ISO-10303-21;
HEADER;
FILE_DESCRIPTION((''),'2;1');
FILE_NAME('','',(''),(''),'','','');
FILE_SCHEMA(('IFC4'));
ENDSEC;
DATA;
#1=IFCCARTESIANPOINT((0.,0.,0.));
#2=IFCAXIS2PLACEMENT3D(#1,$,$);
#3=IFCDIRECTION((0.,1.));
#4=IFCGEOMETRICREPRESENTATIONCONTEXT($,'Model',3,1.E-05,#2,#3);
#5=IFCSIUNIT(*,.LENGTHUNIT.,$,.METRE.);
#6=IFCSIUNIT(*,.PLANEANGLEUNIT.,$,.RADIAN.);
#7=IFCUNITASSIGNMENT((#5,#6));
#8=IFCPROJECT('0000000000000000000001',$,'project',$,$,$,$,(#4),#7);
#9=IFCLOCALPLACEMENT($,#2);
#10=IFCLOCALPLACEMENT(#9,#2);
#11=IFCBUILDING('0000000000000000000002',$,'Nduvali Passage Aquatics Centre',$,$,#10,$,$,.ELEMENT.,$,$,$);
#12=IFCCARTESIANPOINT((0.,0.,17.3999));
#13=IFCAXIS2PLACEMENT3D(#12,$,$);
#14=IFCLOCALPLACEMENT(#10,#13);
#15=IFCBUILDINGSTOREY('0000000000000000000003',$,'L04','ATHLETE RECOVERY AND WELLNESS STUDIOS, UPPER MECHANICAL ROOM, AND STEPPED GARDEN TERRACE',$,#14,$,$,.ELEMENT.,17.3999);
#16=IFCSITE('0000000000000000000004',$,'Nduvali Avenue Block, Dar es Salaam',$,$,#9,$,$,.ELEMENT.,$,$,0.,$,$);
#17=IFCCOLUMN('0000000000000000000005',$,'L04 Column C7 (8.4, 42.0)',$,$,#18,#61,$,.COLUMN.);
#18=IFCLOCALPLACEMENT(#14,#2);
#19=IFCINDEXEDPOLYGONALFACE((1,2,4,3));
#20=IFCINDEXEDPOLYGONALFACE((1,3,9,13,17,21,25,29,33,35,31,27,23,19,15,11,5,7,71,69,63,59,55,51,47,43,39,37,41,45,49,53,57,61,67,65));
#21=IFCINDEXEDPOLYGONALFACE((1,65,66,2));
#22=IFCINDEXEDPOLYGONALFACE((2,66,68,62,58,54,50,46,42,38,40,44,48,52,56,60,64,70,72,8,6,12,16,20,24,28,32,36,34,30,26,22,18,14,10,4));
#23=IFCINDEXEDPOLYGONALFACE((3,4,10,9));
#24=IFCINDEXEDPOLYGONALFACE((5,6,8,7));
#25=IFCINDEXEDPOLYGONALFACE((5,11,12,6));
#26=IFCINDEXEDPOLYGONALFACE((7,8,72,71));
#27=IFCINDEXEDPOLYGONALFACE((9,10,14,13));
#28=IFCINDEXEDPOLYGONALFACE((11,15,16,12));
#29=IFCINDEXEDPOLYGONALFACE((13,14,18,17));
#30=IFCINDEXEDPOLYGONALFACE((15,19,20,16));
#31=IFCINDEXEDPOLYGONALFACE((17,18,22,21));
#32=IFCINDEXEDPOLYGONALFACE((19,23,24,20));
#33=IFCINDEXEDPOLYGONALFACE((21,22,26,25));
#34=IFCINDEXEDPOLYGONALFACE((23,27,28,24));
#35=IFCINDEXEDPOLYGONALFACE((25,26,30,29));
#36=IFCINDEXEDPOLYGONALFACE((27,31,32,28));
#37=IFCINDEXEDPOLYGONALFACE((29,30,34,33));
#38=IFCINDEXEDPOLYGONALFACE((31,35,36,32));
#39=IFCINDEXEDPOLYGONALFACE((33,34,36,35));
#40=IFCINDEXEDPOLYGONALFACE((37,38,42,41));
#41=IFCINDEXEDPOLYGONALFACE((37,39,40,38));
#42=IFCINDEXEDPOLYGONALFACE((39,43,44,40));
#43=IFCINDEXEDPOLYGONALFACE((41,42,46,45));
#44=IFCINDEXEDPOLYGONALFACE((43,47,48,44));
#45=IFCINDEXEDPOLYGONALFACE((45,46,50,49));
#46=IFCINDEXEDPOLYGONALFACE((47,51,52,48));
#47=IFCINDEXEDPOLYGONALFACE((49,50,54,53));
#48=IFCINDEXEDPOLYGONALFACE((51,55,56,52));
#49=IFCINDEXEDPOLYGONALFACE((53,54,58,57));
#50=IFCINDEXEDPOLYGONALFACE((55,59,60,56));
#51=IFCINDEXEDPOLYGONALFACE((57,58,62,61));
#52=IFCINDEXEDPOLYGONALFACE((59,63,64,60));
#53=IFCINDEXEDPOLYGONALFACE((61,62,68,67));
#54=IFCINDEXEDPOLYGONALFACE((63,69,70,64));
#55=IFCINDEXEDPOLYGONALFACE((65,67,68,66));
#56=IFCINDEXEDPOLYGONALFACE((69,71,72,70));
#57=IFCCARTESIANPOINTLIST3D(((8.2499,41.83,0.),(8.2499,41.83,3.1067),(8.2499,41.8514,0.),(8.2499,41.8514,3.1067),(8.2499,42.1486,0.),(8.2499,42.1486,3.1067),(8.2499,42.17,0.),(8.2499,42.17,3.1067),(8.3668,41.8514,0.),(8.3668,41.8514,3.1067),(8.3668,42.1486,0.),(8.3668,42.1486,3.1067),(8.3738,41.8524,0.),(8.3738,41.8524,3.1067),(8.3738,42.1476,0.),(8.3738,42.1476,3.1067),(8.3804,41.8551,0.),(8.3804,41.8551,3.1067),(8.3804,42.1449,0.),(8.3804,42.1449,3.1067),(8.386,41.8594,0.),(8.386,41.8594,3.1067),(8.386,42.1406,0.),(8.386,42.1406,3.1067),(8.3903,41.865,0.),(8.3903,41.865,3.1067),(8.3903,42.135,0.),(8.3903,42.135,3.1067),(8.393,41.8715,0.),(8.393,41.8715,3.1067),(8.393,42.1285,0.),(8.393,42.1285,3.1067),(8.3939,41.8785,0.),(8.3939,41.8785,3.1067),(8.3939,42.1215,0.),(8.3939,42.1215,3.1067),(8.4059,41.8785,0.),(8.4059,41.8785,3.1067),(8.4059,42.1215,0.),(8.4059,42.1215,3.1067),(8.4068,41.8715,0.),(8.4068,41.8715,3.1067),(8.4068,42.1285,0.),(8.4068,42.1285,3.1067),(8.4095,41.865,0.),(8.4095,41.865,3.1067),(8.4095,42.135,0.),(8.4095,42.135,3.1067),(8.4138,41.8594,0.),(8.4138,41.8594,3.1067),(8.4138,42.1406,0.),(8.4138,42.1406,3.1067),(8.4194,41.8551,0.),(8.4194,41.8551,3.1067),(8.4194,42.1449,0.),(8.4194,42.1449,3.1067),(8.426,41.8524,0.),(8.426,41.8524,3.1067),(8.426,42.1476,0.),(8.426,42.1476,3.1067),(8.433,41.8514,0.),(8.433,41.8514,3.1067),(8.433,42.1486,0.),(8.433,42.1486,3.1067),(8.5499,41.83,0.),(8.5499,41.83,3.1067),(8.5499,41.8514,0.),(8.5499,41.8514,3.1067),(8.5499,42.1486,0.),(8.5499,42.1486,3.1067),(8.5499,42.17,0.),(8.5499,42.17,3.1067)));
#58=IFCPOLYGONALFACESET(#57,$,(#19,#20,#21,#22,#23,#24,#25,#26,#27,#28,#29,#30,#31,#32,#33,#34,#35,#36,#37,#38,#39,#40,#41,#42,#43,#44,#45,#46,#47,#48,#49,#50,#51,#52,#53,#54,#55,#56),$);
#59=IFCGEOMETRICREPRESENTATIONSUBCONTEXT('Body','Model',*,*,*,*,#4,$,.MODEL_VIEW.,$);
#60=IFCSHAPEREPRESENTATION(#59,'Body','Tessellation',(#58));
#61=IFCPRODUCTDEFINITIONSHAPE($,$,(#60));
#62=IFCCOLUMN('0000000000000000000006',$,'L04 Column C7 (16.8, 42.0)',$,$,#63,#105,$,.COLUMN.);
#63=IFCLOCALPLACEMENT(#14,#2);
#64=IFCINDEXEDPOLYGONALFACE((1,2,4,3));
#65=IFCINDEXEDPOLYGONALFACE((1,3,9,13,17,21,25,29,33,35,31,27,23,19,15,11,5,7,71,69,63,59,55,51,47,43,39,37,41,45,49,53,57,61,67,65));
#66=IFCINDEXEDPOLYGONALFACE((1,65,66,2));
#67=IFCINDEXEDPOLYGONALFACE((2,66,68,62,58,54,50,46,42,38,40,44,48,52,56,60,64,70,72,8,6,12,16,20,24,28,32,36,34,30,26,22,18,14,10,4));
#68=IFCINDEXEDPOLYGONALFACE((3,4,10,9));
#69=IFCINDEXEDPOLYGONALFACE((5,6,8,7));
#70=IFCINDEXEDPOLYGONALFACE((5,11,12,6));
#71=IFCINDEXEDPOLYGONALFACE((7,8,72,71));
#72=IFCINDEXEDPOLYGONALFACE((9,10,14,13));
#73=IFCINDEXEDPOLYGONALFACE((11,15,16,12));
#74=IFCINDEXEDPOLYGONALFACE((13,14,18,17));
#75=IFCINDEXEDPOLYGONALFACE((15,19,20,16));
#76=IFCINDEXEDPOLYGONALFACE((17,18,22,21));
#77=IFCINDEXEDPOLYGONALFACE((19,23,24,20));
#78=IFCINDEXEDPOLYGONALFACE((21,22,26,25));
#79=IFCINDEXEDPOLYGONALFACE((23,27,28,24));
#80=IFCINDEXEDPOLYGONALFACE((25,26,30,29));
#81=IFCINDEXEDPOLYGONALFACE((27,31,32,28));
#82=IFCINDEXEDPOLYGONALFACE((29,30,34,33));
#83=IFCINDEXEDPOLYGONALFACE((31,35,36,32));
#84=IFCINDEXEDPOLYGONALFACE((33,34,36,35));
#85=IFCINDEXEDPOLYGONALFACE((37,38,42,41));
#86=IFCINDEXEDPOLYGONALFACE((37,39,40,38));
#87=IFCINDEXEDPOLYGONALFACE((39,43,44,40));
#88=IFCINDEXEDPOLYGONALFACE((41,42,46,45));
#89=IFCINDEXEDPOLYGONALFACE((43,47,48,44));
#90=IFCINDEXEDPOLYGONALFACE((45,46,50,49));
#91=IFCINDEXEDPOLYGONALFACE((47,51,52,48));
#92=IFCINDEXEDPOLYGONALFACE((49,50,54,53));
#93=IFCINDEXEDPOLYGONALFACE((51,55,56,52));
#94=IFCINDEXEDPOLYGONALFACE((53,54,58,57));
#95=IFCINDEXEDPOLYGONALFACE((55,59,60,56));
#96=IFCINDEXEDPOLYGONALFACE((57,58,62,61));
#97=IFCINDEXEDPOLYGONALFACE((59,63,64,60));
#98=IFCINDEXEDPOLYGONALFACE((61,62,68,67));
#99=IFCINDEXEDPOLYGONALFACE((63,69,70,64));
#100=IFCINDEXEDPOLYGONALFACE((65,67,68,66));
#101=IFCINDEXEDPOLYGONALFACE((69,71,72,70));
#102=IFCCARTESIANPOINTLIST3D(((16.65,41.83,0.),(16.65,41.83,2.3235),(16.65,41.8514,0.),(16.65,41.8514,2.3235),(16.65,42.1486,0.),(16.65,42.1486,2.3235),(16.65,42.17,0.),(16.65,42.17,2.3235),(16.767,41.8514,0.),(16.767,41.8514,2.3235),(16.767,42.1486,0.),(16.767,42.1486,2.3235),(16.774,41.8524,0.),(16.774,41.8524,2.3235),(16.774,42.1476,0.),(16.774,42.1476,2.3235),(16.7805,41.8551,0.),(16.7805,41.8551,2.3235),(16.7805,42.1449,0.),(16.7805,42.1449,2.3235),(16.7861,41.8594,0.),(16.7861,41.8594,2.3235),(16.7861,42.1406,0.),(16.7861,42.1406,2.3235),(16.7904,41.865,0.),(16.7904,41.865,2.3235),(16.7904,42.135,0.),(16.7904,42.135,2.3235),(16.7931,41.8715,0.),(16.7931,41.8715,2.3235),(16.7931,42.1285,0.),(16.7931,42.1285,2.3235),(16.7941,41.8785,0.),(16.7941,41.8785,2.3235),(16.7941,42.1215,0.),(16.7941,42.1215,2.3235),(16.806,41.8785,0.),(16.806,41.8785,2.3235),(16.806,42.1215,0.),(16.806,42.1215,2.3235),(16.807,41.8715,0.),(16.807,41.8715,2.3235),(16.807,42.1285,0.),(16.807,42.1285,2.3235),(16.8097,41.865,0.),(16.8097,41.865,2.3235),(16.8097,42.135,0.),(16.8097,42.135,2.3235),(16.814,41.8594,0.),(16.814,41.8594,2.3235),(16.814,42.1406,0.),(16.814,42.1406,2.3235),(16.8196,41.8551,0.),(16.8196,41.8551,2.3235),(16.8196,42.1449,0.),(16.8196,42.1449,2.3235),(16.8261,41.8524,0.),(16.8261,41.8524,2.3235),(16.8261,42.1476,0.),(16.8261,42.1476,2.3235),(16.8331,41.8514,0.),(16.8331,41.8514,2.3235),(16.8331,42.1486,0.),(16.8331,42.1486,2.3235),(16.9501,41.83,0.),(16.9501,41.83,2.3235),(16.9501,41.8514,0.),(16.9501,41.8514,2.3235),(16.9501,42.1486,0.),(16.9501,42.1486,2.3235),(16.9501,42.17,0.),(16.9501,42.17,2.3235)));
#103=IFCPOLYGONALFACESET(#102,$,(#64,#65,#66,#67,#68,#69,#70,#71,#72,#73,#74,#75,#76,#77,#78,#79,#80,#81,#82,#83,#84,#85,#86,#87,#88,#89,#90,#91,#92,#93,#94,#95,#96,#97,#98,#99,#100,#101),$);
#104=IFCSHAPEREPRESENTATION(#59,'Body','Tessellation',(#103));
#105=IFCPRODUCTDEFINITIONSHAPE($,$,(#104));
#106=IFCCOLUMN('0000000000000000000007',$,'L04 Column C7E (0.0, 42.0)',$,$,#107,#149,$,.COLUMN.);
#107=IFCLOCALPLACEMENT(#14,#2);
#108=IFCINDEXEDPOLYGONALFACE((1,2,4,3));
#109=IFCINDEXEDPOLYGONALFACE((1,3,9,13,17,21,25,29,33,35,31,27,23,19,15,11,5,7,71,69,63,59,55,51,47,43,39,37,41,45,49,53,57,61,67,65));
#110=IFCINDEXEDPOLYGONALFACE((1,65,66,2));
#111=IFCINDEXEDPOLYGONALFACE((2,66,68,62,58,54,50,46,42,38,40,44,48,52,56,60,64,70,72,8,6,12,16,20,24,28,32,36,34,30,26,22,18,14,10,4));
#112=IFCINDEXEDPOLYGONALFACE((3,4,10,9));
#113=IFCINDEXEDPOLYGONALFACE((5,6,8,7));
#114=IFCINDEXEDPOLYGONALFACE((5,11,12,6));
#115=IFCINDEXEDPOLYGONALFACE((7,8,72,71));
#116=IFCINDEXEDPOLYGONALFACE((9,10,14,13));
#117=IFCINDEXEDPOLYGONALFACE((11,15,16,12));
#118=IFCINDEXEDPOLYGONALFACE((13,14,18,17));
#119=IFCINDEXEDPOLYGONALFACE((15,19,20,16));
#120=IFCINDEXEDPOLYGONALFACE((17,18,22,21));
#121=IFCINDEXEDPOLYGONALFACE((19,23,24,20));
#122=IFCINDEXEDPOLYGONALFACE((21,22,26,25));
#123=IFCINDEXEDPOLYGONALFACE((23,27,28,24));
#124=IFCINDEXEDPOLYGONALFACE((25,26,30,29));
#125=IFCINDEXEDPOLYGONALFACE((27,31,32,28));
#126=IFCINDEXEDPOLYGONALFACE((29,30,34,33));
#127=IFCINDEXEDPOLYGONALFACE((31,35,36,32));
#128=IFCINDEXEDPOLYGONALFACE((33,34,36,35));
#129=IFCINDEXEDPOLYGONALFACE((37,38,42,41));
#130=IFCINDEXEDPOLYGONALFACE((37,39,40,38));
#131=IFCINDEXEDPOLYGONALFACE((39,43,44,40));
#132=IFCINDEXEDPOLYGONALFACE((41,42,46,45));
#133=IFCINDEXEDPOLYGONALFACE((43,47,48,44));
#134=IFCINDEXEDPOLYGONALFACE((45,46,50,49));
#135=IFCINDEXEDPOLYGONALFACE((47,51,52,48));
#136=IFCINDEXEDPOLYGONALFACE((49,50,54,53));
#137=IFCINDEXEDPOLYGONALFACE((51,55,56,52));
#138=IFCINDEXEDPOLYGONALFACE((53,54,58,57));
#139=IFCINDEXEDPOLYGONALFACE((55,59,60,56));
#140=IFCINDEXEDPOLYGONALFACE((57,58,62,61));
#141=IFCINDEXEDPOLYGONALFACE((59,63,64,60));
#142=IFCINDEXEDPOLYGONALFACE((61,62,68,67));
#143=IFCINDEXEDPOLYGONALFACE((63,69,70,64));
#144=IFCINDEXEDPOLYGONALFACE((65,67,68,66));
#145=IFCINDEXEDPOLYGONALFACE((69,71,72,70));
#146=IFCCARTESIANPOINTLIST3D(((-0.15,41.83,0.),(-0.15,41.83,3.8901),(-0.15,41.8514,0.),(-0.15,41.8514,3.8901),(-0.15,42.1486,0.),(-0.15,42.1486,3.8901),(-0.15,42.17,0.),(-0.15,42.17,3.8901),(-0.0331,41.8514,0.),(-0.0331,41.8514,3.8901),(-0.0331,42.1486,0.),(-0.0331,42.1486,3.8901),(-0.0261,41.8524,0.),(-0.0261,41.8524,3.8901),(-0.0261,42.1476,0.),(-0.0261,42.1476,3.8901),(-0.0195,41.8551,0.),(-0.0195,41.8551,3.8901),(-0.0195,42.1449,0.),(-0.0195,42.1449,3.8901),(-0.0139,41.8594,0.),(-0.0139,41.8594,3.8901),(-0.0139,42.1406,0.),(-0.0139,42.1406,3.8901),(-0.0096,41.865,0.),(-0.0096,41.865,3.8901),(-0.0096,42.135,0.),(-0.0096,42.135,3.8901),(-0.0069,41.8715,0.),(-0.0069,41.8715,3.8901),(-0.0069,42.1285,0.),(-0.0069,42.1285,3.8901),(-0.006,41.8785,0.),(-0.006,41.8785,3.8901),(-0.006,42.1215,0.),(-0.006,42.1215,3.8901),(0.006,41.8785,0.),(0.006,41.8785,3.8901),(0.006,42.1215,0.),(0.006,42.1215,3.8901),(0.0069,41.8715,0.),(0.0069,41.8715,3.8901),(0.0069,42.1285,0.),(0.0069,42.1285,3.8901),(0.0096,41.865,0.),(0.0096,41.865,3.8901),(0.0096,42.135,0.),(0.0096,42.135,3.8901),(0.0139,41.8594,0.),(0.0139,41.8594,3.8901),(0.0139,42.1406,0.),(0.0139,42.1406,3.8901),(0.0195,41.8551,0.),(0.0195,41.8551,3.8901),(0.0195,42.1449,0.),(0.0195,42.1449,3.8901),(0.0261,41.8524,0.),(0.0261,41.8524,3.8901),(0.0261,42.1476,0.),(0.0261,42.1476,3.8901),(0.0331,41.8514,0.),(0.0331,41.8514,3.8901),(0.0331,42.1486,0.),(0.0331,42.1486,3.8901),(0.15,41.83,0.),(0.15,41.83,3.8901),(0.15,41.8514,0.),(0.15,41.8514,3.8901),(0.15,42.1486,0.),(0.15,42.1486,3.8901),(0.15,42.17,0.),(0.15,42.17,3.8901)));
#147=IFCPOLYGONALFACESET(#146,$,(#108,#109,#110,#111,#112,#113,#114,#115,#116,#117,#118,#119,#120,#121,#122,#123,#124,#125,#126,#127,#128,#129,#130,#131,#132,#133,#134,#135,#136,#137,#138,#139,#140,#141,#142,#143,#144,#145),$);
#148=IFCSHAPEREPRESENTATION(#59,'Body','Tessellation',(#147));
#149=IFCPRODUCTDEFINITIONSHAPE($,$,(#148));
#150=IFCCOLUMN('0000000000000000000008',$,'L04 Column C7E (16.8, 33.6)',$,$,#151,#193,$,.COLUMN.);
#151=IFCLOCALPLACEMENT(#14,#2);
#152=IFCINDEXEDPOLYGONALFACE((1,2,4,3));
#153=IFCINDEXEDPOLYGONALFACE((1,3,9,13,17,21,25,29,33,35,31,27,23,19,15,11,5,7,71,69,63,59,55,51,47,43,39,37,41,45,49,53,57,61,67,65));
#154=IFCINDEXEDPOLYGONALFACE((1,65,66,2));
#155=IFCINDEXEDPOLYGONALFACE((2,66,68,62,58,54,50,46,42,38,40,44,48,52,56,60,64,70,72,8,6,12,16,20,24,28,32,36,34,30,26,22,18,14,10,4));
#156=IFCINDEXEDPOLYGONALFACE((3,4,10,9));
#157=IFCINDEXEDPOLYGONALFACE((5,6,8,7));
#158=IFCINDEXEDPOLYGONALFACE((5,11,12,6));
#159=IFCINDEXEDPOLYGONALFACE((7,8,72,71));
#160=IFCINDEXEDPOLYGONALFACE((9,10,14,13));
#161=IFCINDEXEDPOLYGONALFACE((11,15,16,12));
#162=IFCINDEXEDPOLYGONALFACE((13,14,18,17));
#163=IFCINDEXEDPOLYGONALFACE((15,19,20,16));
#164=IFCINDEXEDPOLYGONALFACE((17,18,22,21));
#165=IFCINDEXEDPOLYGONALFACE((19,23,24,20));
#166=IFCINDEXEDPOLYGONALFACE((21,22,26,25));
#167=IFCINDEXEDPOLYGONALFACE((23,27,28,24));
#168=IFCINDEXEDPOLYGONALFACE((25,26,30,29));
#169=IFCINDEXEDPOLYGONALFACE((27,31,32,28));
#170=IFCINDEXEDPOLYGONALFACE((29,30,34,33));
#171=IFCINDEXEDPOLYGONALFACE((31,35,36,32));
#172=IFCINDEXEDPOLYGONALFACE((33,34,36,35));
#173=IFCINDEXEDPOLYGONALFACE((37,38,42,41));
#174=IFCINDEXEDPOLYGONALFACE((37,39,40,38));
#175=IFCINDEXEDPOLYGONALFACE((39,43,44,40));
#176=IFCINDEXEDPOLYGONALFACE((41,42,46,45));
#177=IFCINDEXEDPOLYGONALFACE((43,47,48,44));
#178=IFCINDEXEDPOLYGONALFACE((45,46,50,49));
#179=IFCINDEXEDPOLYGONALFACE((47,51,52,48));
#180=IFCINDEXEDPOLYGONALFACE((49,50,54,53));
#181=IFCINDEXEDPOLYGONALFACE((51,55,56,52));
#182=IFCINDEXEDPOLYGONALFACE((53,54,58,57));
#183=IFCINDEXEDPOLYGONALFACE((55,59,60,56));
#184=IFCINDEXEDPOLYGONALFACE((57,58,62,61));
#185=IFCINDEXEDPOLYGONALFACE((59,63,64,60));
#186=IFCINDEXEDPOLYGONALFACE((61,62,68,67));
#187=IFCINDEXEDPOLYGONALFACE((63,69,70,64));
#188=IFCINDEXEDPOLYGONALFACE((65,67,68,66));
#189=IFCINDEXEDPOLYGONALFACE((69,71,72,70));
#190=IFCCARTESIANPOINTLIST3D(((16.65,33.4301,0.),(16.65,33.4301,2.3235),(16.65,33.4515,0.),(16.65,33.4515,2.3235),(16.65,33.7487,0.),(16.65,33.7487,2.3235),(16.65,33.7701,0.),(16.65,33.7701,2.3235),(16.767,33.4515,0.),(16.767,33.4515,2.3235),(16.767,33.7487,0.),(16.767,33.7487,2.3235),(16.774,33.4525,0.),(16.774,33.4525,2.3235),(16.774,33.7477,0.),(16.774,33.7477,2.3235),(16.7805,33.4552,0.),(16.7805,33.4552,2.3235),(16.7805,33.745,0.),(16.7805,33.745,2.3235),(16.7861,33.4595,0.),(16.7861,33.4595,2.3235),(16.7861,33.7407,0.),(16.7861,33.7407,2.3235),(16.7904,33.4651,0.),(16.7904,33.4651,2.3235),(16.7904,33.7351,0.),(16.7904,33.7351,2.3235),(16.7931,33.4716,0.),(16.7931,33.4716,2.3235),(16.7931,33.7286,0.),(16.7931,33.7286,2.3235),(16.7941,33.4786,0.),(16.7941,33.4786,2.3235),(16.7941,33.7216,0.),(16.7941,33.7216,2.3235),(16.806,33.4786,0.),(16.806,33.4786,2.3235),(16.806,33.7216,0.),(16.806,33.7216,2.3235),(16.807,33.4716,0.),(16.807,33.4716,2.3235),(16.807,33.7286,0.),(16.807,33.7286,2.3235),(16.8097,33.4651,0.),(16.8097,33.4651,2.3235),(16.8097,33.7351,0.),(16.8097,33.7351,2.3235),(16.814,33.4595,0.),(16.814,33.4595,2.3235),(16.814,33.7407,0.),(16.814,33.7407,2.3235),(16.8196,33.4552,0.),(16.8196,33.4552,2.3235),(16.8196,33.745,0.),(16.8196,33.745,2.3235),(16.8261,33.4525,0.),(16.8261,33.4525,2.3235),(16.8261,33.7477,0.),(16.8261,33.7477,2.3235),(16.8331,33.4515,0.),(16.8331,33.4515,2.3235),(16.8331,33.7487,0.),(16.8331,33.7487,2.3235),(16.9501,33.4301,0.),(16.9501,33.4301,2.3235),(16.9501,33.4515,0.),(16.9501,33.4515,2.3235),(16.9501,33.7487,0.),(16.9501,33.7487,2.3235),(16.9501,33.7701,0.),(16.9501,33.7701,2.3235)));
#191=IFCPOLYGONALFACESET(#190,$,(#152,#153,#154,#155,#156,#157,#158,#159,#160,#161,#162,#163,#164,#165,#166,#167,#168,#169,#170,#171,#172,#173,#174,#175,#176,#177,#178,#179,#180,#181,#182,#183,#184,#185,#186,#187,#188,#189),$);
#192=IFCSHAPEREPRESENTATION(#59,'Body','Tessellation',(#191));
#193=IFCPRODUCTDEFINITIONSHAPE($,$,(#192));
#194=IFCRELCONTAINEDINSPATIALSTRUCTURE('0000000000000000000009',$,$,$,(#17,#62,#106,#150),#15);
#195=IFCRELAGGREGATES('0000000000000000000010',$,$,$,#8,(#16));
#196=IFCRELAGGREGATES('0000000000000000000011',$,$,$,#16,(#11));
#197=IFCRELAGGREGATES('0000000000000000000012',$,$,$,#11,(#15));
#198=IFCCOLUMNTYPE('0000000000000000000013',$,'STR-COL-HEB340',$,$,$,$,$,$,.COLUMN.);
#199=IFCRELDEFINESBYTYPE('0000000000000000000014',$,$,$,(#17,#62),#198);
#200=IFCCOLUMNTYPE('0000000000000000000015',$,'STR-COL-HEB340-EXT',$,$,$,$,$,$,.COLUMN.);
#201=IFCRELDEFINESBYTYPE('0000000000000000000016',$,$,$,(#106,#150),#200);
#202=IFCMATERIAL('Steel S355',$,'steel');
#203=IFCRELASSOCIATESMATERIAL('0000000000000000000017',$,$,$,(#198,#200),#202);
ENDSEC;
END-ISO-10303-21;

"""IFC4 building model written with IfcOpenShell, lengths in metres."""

from ifc_helpers import new_model, si_unit, direction, frame, origin, origin_2d, place, context, subcontext, project, spatial, i_section, extrude, material, material_profile, profile_set, type_object, element, save


model = new_model("IFC4")

# Units and contexts
model_context = context("Model", 3, precision=1e-05, world=origin(), true_north=direction((0.0, 1.0)))
body_context = subcontext(model_context, "Body", "Model", "MODEL_VIEW")
ifc_project = project(units=[si_unit("LENGTHUNIT", "METRE"), si_unit("PLANEANGLEUNIT", "RADIAN")], contexts=[model_context])

# Site, building, storey
site_placement = place(None, origin())
site = spatial("IfcSite", under=ifc_project, at=site_placement, Name="Nduvali Avenue Block, Dar es Salaam", CompositionType="ELEMENT", RefElevation=0.0)
building_placement = place(site_placement, origin())
building = spatial("IfcBuilding", under=site, at=building_placement, Name="Nduvali Passage Aquatics Centre", CompositionType="ELEMENT")
storey_placement = place(building_placement, frame((0.0, 0.0, 17.3999)))
storey = spatial("IfcBuildingStorey", under=building, at=storey_placement, Name="L04", Description="ATHLETE RECOVERY AND WELLNESS STUDIOS, UPPER MECHANICAL ROOM, AND STEPPED GARDEN TERRACE", CompositionType="ELEMENT", Elevation=17.3999)

# Columns
ifc_material_1 = material(Name="Steel S355", Category="steel")
ifc_material_profile_1 = material_profile(ifc_material_1, i_section(OverallWidth=0.3, OverallDepth=0.3401, WebThickness=0.012, FlangeThickness=0.0215, FilletRadius=0.0271, at=origin_2d()), Name="HEB 340")
ifc_profile_set_1 = profile_set([ifc_material_profile_1], Name="Steel S355")
column_type_1 = type_object("IfcColumnType", Name="STR-COL-HEB340", PredefinedType="COLUMN", material=ifc_profile_set_1)
column_1_placement = place(storey_placement, frame((8.3999, 42.0, 0.0), z_axis=(0.0, 0.0, 1.0), x_axis=(1.0, 0.0, 0.0)))
element("IfcColumn", 1, at=column_1_placement, inside=storey, type_object=column_type_1, Name="L04 Column C7 (8.4, 42.0)", PredefinedType="COLUMN", context=body_context, shape_type="SweptSolid", body=[
    extrude(i_section(OverallWidth=0.3, OverallDepth=0.3401, WebThickness=0.012, FlangeThickness=0.0215, FilletRadius=0.0271, at=origin_2d()), origin(), (0.0, 0.0, 1.0), 3.1067),
])
column_2_placement = place(storey_placement, frame((16.8, 42.0, 0.0), z_axis=(0.0, 0.0, 1.0), x_axis=(1.0, 0.0, 0.0)))
element("IfcColumn", 2, at=column_2_placement, inside=storey, type_object=column_type_1, Name="L04 Column C7 (16.8, 42.0)", PredefinedType="COLUMN", context=body_context, shape_type="SweptSolid", body=[
    extrude(i_section(OverallWidth=0.3, OverallDepth=0.3401, WebThickness=0.012, FlangeThickness=0.0215, FilletRadius=0.0271, at=origin_2d()), origin(), (0.0, 0.0, 1.0), 2.3235),
])
ifc_material_profile_2 = material_profile(ifc_material_1, i_section(OverallWidth=0.3, OverallDepth=0.3401, WebThickness=0.012, FlangeThickness=0.0215, FilletRadius=0.0271, at=origin_2d()), Name="HEB 340")
ifc_profile_set_2 = profile_set([ifc_material_profile_2], Name="Steel S355")
column_type_2 = type_object("IfcColumnType", Name="STR-COL-HEB340-EXT", PredefinedType="COLUMN", material=ifc_profile_set_2)
column_3_placement = place(storey_placement, frame((0.0, 42.0, 0.0), z_axis=(0.0, 0.0, 1.0), x_axis=(1.0, 0.0, 0.0)))
element("IfcColumn", 3, at=column_3_placement, inside=storey, type_object=column_type_2, Name="L04 Column C7E (0.0, 42.0)", PredefinedType="COLUMN", context=body_context, shape_type="SweptSolid", body=[
    extrude(i_section(OverallWidth=0.3, OverallDepth=0.3401, WebThickness=0.012, FlangeThickness=0.0215, FilletRadius=0.0271, at=origin_2d()), origin(), (0.0, 0.0, 1.0), 3.8901),
])
column_4_placement = place(storey_placement, frame((16.8, 33.6001, 0.0), z_axis=(0.0, 0.0, 1.0), x_axis=(1.0, 0.0, 0.0)))
element("IfcColumn", 4, at=column_4_placement, inside=storey, type_object=column_type_2, Name="L04 Column C7E (16.8, 33.6)", PredefinedType="COLUMN", context=body_context, shape_type="SweptSolid", body=[
    extrude(i_section(OverallWidth=0.3, OverallDepth=0.3401, WebThickness=0.012, FlangeThickness=0.0215, FilletRadius=0.0271, at=origin_2d()), origin(), (0.0, 0.0, 1.0), 2.3235),
])

save(model, "model.ifc")
